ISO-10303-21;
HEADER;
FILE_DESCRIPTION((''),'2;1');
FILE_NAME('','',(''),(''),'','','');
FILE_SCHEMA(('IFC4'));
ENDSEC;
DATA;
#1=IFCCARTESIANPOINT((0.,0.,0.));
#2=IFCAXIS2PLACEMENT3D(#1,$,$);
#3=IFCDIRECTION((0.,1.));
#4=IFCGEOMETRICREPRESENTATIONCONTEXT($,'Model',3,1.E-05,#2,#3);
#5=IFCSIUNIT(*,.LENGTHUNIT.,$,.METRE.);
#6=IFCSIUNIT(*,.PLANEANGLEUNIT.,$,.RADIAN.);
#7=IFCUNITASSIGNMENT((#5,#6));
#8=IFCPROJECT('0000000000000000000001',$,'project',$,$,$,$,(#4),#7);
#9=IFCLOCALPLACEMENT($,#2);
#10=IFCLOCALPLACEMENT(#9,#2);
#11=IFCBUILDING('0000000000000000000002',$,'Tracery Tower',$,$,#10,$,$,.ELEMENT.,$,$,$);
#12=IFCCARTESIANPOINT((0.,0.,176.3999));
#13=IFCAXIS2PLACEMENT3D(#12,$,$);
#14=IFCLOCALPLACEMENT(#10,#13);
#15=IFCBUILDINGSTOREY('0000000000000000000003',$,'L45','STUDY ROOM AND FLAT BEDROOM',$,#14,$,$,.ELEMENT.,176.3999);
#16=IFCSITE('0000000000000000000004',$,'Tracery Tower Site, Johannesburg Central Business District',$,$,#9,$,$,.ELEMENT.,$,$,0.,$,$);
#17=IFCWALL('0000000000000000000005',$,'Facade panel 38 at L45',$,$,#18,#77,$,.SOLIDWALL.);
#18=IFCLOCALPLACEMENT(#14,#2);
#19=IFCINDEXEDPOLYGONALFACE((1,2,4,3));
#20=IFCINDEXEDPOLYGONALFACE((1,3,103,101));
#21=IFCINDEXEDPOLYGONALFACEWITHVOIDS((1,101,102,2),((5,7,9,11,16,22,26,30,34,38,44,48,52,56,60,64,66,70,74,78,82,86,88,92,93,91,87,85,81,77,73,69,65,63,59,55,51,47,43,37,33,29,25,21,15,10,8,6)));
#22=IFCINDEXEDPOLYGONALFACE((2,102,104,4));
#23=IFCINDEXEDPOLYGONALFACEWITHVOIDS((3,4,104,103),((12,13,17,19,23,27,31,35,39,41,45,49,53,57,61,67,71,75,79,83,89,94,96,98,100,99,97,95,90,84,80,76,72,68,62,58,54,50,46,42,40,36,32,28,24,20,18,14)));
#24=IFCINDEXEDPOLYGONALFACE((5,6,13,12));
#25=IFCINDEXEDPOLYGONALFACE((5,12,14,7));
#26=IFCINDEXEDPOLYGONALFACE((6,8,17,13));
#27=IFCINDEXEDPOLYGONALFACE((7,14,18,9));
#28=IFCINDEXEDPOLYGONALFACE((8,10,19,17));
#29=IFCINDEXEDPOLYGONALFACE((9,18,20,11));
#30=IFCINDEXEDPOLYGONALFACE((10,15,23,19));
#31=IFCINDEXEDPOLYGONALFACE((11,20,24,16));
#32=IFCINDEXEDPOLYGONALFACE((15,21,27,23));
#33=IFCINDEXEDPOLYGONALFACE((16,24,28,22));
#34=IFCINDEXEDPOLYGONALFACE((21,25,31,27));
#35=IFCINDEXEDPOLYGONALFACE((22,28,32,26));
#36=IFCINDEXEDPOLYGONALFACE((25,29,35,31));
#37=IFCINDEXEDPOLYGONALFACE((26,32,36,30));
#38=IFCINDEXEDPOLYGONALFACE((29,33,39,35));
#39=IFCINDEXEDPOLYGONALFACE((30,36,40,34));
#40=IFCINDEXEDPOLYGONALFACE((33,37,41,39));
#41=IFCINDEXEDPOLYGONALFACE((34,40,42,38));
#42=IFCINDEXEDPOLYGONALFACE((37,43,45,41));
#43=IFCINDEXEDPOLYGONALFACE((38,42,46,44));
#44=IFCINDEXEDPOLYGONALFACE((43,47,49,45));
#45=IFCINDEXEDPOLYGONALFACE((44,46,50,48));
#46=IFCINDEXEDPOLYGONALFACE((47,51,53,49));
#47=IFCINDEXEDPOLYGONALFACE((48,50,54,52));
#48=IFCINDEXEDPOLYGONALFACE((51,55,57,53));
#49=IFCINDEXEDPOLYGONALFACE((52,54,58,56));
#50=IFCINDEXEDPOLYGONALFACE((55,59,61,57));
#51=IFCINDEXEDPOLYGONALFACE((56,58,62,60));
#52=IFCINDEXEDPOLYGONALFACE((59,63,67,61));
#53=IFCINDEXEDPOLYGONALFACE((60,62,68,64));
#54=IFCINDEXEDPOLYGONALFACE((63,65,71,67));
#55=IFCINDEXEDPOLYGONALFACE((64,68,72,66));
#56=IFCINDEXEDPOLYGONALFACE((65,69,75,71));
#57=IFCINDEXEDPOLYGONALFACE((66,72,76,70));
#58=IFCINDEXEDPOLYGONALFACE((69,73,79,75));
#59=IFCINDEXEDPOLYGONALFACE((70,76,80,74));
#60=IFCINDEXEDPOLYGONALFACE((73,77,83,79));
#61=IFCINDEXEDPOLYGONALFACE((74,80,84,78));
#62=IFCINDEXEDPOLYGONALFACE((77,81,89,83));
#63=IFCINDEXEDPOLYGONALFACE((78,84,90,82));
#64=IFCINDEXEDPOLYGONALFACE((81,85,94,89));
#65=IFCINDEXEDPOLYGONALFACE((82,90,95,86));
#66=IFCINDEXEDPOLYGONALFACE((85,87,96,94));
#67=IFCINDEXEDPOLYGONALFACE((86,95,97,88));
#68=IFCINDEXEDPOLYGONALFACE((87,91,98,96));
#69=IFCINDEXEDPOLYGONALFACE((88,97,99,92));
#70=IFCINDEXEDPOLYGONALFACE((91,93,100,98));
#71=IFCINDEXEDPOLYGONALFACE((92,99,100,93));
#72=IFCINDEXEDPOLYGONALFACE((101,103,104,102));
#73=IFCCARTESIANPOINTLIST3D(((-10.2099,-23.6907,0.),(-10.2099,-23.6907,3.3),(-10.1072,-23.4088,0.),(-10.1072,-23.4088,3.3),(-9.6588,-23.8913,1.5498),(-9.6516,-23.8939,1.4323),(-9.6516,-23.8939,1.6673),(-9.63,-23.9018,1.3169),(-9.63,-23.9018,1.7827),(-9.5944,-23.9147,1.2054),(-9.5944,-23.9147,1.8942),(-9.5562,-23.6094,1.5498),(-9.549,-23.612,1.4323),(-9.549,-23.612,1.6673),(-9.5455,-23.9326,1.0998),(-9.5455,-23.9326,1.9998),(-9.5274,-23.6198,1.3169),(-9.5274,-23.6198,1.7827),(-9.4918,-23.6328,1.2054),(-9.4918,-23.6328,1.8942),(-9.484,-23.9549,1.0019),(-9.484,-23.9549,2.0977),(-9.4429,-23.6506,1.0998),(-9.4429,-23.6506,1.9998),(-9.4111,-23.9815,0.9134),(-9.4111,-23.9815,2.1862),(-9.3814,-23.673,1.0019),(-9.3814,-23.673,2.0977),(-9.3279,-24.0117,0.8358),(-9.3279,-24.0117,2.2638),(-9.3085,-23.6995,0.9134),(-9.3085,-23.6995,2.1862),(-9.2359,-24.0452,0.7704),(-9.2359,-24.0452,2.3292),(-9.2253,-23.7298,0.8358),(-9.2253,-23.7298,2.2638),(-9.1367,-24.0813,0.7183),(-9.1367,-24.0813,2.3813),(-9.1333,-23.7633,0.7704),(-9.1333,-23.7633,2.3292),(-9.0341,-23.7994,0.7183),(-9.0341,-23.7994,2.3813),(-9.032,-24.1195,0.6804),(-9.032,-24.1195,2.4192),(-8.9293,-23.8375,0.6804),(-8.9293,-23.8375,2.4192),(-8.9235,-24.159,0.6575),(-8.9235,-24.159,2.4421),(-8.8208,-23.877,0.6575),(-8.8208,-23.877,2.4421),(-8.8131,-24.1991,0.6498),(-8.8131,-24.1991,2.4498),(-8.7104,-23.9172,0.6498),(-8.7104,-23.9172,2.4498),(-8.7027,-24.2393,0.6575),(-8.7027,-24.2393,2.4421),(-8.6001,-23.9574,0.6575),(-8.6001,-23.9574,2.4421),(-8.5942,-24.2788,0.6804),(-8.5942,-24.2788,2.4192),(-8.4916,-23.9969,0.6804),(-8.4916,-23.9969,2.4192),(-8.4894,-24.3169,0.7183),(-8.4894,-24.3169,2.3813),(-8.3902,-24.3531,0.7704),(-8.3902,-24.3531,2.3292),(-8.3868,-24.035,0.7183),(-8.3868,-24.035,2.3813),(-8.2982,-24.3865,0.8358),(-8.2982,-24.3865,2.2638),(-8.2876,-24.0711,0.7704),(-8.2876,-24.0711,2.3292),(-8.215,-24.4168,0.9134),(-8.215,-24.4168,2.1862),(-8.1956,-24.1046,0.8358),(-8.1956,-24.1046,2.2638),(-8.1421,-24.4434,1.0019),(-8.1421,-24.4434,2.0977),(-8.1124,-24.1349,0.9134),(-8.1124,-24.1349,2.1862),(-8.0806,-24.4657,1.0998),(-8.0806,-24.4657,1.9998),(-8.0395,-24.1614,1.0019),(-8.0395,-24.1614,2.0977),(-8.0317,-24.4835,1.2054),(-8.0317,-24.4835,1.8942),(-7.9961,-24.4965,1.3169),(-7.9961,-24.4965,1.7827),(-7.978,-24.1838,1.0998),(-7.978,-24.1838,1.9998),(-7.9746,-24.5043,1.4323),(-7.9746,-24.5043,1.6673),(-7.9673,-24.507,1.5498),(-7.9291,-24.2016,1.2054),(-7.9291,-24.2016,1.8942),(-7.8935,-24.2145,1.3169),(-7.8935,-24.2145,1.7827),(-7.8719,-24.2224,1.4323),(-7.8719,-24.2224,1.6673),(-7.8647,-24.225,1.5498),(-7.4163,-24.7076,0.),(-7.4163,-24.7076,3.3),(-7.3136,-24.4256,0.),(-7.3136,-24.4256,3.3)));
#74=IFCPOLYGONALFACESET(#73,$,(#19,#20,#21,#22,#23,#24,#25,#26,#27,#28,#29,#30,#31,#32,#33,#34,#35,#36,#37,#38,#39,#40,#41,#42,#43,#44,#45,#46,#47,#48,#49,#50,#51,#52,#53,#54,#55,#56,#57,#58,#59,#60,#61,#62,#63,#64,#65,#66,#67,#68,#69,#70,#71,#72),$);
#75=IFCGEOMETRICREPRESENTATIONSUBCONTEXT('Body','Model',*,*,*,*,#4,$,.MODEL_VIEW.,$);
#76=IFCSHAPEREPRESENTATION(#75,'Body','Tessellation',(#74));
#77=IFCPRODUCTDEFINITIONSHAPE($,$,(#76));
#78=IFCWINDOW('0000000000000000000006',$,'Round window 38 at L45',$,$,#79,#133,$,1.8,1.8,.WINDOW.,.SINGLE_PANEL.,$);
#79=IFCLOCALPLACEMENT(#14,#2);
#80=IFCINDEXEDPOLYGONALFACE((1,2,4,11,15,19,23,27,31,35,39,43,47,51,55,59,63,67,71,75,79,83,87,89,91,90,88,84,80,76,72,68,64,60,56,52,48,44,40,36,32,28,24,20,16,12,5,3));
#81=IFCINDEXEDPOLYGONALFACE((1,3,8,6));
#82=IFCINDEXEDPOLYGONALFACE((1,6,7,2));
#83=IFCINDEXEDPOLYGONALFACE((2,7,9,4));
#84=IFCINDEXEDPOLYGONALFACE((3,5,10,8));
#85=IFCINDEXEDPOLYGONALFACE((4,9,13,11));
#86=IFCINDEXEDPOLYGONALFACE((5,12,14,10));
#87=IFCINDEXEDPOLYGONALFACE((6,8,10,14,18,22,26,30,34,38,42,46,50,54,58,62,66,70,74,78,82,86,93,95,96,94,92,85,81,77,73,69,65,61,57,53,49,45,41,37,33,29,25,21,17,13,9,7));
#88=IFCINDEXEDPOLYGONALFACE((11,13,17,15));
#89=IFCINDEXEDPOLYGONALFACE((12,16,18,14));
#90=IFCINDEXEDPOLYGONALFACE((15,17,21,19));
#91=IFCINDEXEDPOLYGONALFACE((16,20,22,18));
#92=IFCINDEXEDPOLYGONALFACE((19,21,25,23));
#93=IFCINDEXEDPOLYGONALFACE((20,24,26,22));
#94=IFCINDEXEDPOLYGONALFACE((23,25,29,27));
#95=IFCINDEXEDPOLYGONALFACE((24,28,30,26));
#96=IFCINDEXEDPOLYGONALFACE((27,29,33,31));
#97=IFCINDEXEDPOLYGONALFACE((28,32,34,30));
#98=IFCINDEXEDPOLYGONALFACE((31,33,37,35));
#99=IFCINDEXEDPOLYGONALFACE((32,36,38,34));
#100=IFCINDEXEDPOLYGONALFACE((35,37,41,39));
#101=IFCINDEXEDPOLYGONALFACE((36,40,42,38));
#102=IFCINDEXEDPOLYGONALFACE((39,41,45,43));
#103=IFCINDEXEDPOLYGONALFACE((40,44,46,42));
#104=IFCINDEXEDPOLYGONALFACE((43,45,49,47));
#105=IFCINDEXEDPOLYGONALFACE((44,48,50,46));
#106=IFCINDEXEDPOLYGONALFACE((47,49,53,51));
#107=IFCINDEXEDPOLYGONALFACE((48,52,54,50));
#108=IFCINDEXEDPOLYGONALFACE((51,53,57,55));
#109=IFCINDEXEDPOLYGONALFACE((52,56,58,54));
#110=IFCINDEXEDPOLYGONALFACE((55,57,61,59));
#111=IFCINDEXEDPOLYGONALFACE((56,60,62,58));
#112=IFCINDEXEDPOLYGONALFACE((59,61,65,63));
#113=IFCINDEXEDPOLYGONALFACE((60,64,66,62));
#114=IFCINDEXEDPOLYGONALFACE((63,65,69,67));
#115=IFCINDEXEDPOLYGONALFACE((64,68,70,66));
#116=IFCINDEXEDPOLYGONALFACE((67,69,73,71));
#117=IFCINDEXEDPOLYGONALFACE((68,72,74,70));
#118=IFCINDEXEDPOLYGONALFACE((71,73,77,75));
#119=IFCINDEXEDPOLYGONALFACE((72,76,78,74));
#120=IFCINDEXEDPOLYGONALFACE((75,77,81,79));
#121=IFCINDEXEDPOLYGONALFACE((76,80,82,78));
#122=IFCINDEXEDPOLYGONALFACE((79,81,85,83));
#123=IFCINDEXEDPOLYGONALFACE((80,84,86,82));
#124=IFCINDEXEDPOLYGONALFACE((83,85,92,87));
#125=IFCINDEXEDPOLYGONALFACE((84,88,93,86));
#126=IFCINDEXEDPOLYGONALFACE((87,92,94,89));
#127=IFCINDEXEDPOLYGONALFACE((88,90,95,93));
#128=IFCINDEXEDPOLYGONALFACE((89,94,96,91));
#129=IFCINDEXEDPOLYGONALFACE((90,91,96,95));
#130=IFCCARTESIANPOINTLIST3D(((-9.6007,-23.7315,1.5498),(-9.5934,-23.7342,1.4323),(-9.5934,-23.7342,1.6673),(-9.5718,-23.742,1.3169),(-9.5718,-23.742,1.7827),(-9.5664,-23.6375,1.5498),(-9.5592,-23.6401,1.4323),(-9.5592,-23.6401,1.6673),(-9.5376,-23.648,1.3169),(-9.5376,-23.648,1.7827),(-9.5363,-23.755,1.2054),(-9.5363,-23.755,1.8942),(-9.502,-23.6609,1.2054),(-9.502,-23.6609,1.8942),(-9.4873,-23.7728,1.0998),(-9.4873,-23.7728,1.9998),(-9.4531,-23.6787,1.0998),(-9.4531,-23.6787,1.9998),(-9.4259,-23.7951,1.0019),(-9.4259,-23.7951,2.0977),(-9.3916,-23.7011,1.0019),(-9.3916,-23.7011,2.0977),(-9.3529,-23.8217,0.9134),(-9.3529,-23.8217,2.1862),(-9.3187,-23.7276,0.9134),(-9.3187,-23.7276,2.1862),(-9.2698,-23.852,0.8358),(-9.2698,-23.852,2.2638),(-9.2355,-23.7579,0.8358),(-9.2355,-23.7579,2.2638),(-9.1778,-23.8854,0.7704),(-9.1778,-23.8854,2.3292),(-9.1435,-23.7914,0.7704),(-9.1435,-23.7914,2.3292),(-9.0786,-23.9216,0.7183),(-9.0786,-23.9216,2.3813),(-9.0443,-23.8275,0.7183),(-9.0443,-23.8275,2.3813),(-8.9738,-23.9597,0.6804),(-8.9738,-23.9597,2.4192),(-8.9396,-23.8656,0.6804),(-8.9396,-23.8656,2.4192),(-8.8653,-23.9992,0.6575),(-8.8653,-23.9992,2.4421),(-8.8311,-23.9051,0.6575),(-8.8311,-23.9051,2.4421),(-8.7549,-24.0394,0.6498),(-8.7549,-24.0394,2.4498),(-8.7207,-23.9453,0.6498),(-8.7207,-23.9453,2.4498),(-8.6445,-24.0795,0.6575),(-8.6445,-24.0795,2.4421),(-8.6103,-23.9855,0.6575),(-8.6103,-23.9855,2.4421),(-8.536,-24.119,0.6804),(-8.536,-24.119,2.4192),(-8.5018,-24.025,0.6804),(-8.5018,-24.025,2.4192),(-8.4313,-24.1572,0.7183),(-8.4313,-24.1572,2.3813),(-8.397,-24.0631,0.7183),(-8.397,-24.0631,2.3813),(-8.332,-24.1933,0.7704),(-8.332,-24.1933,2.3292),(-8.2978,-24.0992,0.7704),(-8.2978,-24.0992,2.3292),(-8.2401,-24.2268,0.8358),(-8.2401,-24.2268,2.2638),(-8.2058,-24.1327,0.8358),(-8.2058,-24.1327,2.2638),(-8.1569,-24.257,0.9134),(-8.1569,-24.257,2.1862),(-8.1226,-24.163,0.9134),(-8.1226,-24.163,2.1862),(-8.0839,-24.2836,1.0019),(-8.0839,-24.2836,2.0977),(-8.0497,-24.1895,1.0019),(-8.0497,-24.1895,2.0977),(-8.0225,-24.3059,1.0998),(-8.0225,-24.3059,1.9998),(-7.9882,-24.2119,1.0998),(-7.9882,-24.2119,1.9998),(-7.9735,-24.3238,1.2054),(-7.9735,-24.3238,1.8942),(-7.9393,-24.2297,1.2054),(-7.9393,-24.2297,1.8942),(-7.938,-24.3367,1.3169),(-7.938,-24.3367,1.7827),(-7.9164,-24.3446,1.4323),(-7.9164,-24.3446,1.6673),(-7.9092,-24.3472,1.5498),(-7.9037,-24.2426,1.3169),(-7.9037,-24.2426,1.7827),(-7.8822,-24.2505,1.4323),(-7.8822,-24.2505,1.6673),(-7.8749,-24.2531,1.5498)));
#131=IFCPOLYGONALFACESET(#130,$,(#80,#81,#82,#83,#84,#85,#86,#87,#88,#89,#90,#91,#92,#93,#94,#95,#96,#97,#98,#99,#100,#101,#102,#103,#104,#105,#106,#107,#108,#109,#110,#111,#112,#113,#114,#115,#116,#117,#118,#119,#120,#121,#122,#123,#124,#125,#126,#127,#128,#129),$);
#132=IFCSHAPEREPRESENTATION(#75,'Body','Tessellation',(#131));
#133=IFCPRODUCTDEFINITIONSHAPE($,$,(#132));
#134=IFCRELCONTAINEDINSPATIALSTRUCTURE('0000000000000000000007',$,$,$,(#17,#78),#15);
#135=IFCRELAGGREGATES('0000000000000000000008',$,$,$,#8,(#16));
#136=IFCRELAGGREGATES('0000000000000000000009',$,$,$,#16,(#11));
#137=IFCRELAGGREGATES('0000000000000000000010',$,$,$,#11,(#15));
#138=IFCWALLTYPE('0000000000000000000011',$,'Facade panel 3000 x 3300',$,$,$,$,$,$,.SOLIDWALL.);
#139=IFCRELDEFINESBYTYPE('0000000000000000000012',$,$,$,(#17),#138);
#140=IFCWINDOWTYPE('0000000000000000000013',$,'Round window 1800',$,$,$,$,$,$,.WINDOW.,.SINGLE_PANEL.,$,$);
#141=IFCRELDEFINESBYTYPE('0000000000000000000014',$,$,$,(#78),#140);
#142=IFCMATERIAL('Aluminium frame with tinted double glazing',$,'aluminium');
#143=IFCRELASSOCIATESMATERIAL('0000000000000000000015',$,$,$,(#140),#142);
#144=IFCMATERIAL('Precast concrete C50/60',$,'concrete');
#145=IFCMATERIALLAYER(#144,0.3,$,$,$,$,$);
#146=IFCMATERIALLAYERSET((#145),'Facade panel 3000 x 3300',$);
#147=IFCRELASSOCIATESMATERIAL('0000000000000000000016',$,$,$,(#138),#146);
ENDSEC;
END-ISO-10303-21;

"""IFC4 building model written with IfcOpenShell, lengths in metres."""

from ifc_helpers import new_model, si_unit, direction, frame, frame_2d, origin, origin_2d, place, context, subcontext, project, spatial, rectangle, circle, extrude, material, layer, layer_set, type_object, element, fill, save


model = new_model("IFC4")

# Units and contexts
model_context = context("Model", 3, precision=1e-05, world=origin(), true_north=direction((0.0, 1.0)))
body_context = subcontext(model_context, "Body", "Model", "MODEL_VIEW")
ifc_project = project(units=[si_unit("LENGTHUNIT", "METRE"), si_unit("PLANEANGLEUNIT", "RADIAN")], contexts=[model_context])

# Site, building, storey
site_placement = place(None, origin())
site = spatial("IfcSite", under=ifc_project, at=site_placement, Name="Tracery Tower Site, Johannesburg Central Business District", CompositionType="ELEMENT", RefElevation=0.0)
building_placement = place(site_placement, origin())
building = spatial("IfcBuilding", under=site, at=building_placement, Name="Tracery Tower", CompositionType="ELEMENT")
storey_placement = place(building_placement, frame((0.0, 0.0, 176.3999)))
storey = spatial("IfcBuildingStorey", under=building, at=storey_placement, Name="L45", Description="STUDY ROOM AND FLAT BEDROOM", CompositionType="ELEMENT", Elevation=176.3999)

# Wall, opening, window
ifc_material_1 = material(Name="Aluminium frame with tinted double glazing", Category="aluminium")
window_type = type_object("IfcWindowType", Name="Round window 1800", PartitioningType="SINGLE_PANEL", PredefinedType="WINDOW", material=ifc_material_1)
ifc_material_2 = material(Name="Precast concrete C50/60", Category="concrete")
ifc_layer_1 = layer(ifc_material_2, 0.3)
ifc_layer_set_1 = layer_set([ifc_layer_1], Name="Facade panel 3000 x 3300")
wall_type_1 = type_object("IfcWallType", Name="Facade panel 3000 x 3300", PredefinedType="SOLIDWALL", material=ifc_layer_set_1)
wall_1_placement = place(storey_placement, frame((-10.1584, -23.5498, 0.0), z_axis=(0.0, 0.0, 1.0), x_axis=(0.93969, -0.342027, 0.0)))
wall_1 = element("IfcWall", 1, at=wall_1_placement, inside=storey, type_object=wall_type_1, Name="Facade panel 38 at L45", PredefinedType="SOLIDWALL", context=body_context, shape_type="SweptSolid", body=[
    extrude(rectangle(XDim=2.9729, YDim=0.3, at=frame_2d((1.4863, 0.0))), origin(), (0.0, 0.0, 1.0), 3.3),
])
opening_1_placement = place(wall_1_placement, frame((1.4863, 0.0, 1.5498)))
opening_1 = element("IfcOpeningElement", 2, at=opening_1_placement, cuts=wall_1, PredefinedType="OPENING", context=body_context, shape_type="SweptSolid", body=[
    extrude(circle(Radius=0.9, at=origin_2d()), frame((0.0, 0.1599, 0.0), z_axis=(0.0, -1.0, 0.0), x_axis=(1.0, 0.0, 0.0)), (0.0, 0.0, 1.0), 0.3201),
])
window_1_placement = place(opening_1_placement, origin())
window_1 = element("IfcWindow", 3, at=window_1_placement, inside=storey, type_object=window_type, Name="Round window 38 at L45", OverallHeight=1.8, OverallWidth=1.8, PartitioningType="SINGLE_PANEL", PredefinedType="WINDOW", context=body_context, shape_type="SweptSolid", body=[
    extrude(circle(Radius=0.9, at=origin_2d()), frame((0.0, 0.1201, 0.0), z_axis=(0.0, -1.0, 0.0), x_axis=(1.0, 0.0, 0.0)), (0.0, 0.0, 1.0), 0.1001),
])
fill(opening_1, window_1)

save(model, "model.ifc")
